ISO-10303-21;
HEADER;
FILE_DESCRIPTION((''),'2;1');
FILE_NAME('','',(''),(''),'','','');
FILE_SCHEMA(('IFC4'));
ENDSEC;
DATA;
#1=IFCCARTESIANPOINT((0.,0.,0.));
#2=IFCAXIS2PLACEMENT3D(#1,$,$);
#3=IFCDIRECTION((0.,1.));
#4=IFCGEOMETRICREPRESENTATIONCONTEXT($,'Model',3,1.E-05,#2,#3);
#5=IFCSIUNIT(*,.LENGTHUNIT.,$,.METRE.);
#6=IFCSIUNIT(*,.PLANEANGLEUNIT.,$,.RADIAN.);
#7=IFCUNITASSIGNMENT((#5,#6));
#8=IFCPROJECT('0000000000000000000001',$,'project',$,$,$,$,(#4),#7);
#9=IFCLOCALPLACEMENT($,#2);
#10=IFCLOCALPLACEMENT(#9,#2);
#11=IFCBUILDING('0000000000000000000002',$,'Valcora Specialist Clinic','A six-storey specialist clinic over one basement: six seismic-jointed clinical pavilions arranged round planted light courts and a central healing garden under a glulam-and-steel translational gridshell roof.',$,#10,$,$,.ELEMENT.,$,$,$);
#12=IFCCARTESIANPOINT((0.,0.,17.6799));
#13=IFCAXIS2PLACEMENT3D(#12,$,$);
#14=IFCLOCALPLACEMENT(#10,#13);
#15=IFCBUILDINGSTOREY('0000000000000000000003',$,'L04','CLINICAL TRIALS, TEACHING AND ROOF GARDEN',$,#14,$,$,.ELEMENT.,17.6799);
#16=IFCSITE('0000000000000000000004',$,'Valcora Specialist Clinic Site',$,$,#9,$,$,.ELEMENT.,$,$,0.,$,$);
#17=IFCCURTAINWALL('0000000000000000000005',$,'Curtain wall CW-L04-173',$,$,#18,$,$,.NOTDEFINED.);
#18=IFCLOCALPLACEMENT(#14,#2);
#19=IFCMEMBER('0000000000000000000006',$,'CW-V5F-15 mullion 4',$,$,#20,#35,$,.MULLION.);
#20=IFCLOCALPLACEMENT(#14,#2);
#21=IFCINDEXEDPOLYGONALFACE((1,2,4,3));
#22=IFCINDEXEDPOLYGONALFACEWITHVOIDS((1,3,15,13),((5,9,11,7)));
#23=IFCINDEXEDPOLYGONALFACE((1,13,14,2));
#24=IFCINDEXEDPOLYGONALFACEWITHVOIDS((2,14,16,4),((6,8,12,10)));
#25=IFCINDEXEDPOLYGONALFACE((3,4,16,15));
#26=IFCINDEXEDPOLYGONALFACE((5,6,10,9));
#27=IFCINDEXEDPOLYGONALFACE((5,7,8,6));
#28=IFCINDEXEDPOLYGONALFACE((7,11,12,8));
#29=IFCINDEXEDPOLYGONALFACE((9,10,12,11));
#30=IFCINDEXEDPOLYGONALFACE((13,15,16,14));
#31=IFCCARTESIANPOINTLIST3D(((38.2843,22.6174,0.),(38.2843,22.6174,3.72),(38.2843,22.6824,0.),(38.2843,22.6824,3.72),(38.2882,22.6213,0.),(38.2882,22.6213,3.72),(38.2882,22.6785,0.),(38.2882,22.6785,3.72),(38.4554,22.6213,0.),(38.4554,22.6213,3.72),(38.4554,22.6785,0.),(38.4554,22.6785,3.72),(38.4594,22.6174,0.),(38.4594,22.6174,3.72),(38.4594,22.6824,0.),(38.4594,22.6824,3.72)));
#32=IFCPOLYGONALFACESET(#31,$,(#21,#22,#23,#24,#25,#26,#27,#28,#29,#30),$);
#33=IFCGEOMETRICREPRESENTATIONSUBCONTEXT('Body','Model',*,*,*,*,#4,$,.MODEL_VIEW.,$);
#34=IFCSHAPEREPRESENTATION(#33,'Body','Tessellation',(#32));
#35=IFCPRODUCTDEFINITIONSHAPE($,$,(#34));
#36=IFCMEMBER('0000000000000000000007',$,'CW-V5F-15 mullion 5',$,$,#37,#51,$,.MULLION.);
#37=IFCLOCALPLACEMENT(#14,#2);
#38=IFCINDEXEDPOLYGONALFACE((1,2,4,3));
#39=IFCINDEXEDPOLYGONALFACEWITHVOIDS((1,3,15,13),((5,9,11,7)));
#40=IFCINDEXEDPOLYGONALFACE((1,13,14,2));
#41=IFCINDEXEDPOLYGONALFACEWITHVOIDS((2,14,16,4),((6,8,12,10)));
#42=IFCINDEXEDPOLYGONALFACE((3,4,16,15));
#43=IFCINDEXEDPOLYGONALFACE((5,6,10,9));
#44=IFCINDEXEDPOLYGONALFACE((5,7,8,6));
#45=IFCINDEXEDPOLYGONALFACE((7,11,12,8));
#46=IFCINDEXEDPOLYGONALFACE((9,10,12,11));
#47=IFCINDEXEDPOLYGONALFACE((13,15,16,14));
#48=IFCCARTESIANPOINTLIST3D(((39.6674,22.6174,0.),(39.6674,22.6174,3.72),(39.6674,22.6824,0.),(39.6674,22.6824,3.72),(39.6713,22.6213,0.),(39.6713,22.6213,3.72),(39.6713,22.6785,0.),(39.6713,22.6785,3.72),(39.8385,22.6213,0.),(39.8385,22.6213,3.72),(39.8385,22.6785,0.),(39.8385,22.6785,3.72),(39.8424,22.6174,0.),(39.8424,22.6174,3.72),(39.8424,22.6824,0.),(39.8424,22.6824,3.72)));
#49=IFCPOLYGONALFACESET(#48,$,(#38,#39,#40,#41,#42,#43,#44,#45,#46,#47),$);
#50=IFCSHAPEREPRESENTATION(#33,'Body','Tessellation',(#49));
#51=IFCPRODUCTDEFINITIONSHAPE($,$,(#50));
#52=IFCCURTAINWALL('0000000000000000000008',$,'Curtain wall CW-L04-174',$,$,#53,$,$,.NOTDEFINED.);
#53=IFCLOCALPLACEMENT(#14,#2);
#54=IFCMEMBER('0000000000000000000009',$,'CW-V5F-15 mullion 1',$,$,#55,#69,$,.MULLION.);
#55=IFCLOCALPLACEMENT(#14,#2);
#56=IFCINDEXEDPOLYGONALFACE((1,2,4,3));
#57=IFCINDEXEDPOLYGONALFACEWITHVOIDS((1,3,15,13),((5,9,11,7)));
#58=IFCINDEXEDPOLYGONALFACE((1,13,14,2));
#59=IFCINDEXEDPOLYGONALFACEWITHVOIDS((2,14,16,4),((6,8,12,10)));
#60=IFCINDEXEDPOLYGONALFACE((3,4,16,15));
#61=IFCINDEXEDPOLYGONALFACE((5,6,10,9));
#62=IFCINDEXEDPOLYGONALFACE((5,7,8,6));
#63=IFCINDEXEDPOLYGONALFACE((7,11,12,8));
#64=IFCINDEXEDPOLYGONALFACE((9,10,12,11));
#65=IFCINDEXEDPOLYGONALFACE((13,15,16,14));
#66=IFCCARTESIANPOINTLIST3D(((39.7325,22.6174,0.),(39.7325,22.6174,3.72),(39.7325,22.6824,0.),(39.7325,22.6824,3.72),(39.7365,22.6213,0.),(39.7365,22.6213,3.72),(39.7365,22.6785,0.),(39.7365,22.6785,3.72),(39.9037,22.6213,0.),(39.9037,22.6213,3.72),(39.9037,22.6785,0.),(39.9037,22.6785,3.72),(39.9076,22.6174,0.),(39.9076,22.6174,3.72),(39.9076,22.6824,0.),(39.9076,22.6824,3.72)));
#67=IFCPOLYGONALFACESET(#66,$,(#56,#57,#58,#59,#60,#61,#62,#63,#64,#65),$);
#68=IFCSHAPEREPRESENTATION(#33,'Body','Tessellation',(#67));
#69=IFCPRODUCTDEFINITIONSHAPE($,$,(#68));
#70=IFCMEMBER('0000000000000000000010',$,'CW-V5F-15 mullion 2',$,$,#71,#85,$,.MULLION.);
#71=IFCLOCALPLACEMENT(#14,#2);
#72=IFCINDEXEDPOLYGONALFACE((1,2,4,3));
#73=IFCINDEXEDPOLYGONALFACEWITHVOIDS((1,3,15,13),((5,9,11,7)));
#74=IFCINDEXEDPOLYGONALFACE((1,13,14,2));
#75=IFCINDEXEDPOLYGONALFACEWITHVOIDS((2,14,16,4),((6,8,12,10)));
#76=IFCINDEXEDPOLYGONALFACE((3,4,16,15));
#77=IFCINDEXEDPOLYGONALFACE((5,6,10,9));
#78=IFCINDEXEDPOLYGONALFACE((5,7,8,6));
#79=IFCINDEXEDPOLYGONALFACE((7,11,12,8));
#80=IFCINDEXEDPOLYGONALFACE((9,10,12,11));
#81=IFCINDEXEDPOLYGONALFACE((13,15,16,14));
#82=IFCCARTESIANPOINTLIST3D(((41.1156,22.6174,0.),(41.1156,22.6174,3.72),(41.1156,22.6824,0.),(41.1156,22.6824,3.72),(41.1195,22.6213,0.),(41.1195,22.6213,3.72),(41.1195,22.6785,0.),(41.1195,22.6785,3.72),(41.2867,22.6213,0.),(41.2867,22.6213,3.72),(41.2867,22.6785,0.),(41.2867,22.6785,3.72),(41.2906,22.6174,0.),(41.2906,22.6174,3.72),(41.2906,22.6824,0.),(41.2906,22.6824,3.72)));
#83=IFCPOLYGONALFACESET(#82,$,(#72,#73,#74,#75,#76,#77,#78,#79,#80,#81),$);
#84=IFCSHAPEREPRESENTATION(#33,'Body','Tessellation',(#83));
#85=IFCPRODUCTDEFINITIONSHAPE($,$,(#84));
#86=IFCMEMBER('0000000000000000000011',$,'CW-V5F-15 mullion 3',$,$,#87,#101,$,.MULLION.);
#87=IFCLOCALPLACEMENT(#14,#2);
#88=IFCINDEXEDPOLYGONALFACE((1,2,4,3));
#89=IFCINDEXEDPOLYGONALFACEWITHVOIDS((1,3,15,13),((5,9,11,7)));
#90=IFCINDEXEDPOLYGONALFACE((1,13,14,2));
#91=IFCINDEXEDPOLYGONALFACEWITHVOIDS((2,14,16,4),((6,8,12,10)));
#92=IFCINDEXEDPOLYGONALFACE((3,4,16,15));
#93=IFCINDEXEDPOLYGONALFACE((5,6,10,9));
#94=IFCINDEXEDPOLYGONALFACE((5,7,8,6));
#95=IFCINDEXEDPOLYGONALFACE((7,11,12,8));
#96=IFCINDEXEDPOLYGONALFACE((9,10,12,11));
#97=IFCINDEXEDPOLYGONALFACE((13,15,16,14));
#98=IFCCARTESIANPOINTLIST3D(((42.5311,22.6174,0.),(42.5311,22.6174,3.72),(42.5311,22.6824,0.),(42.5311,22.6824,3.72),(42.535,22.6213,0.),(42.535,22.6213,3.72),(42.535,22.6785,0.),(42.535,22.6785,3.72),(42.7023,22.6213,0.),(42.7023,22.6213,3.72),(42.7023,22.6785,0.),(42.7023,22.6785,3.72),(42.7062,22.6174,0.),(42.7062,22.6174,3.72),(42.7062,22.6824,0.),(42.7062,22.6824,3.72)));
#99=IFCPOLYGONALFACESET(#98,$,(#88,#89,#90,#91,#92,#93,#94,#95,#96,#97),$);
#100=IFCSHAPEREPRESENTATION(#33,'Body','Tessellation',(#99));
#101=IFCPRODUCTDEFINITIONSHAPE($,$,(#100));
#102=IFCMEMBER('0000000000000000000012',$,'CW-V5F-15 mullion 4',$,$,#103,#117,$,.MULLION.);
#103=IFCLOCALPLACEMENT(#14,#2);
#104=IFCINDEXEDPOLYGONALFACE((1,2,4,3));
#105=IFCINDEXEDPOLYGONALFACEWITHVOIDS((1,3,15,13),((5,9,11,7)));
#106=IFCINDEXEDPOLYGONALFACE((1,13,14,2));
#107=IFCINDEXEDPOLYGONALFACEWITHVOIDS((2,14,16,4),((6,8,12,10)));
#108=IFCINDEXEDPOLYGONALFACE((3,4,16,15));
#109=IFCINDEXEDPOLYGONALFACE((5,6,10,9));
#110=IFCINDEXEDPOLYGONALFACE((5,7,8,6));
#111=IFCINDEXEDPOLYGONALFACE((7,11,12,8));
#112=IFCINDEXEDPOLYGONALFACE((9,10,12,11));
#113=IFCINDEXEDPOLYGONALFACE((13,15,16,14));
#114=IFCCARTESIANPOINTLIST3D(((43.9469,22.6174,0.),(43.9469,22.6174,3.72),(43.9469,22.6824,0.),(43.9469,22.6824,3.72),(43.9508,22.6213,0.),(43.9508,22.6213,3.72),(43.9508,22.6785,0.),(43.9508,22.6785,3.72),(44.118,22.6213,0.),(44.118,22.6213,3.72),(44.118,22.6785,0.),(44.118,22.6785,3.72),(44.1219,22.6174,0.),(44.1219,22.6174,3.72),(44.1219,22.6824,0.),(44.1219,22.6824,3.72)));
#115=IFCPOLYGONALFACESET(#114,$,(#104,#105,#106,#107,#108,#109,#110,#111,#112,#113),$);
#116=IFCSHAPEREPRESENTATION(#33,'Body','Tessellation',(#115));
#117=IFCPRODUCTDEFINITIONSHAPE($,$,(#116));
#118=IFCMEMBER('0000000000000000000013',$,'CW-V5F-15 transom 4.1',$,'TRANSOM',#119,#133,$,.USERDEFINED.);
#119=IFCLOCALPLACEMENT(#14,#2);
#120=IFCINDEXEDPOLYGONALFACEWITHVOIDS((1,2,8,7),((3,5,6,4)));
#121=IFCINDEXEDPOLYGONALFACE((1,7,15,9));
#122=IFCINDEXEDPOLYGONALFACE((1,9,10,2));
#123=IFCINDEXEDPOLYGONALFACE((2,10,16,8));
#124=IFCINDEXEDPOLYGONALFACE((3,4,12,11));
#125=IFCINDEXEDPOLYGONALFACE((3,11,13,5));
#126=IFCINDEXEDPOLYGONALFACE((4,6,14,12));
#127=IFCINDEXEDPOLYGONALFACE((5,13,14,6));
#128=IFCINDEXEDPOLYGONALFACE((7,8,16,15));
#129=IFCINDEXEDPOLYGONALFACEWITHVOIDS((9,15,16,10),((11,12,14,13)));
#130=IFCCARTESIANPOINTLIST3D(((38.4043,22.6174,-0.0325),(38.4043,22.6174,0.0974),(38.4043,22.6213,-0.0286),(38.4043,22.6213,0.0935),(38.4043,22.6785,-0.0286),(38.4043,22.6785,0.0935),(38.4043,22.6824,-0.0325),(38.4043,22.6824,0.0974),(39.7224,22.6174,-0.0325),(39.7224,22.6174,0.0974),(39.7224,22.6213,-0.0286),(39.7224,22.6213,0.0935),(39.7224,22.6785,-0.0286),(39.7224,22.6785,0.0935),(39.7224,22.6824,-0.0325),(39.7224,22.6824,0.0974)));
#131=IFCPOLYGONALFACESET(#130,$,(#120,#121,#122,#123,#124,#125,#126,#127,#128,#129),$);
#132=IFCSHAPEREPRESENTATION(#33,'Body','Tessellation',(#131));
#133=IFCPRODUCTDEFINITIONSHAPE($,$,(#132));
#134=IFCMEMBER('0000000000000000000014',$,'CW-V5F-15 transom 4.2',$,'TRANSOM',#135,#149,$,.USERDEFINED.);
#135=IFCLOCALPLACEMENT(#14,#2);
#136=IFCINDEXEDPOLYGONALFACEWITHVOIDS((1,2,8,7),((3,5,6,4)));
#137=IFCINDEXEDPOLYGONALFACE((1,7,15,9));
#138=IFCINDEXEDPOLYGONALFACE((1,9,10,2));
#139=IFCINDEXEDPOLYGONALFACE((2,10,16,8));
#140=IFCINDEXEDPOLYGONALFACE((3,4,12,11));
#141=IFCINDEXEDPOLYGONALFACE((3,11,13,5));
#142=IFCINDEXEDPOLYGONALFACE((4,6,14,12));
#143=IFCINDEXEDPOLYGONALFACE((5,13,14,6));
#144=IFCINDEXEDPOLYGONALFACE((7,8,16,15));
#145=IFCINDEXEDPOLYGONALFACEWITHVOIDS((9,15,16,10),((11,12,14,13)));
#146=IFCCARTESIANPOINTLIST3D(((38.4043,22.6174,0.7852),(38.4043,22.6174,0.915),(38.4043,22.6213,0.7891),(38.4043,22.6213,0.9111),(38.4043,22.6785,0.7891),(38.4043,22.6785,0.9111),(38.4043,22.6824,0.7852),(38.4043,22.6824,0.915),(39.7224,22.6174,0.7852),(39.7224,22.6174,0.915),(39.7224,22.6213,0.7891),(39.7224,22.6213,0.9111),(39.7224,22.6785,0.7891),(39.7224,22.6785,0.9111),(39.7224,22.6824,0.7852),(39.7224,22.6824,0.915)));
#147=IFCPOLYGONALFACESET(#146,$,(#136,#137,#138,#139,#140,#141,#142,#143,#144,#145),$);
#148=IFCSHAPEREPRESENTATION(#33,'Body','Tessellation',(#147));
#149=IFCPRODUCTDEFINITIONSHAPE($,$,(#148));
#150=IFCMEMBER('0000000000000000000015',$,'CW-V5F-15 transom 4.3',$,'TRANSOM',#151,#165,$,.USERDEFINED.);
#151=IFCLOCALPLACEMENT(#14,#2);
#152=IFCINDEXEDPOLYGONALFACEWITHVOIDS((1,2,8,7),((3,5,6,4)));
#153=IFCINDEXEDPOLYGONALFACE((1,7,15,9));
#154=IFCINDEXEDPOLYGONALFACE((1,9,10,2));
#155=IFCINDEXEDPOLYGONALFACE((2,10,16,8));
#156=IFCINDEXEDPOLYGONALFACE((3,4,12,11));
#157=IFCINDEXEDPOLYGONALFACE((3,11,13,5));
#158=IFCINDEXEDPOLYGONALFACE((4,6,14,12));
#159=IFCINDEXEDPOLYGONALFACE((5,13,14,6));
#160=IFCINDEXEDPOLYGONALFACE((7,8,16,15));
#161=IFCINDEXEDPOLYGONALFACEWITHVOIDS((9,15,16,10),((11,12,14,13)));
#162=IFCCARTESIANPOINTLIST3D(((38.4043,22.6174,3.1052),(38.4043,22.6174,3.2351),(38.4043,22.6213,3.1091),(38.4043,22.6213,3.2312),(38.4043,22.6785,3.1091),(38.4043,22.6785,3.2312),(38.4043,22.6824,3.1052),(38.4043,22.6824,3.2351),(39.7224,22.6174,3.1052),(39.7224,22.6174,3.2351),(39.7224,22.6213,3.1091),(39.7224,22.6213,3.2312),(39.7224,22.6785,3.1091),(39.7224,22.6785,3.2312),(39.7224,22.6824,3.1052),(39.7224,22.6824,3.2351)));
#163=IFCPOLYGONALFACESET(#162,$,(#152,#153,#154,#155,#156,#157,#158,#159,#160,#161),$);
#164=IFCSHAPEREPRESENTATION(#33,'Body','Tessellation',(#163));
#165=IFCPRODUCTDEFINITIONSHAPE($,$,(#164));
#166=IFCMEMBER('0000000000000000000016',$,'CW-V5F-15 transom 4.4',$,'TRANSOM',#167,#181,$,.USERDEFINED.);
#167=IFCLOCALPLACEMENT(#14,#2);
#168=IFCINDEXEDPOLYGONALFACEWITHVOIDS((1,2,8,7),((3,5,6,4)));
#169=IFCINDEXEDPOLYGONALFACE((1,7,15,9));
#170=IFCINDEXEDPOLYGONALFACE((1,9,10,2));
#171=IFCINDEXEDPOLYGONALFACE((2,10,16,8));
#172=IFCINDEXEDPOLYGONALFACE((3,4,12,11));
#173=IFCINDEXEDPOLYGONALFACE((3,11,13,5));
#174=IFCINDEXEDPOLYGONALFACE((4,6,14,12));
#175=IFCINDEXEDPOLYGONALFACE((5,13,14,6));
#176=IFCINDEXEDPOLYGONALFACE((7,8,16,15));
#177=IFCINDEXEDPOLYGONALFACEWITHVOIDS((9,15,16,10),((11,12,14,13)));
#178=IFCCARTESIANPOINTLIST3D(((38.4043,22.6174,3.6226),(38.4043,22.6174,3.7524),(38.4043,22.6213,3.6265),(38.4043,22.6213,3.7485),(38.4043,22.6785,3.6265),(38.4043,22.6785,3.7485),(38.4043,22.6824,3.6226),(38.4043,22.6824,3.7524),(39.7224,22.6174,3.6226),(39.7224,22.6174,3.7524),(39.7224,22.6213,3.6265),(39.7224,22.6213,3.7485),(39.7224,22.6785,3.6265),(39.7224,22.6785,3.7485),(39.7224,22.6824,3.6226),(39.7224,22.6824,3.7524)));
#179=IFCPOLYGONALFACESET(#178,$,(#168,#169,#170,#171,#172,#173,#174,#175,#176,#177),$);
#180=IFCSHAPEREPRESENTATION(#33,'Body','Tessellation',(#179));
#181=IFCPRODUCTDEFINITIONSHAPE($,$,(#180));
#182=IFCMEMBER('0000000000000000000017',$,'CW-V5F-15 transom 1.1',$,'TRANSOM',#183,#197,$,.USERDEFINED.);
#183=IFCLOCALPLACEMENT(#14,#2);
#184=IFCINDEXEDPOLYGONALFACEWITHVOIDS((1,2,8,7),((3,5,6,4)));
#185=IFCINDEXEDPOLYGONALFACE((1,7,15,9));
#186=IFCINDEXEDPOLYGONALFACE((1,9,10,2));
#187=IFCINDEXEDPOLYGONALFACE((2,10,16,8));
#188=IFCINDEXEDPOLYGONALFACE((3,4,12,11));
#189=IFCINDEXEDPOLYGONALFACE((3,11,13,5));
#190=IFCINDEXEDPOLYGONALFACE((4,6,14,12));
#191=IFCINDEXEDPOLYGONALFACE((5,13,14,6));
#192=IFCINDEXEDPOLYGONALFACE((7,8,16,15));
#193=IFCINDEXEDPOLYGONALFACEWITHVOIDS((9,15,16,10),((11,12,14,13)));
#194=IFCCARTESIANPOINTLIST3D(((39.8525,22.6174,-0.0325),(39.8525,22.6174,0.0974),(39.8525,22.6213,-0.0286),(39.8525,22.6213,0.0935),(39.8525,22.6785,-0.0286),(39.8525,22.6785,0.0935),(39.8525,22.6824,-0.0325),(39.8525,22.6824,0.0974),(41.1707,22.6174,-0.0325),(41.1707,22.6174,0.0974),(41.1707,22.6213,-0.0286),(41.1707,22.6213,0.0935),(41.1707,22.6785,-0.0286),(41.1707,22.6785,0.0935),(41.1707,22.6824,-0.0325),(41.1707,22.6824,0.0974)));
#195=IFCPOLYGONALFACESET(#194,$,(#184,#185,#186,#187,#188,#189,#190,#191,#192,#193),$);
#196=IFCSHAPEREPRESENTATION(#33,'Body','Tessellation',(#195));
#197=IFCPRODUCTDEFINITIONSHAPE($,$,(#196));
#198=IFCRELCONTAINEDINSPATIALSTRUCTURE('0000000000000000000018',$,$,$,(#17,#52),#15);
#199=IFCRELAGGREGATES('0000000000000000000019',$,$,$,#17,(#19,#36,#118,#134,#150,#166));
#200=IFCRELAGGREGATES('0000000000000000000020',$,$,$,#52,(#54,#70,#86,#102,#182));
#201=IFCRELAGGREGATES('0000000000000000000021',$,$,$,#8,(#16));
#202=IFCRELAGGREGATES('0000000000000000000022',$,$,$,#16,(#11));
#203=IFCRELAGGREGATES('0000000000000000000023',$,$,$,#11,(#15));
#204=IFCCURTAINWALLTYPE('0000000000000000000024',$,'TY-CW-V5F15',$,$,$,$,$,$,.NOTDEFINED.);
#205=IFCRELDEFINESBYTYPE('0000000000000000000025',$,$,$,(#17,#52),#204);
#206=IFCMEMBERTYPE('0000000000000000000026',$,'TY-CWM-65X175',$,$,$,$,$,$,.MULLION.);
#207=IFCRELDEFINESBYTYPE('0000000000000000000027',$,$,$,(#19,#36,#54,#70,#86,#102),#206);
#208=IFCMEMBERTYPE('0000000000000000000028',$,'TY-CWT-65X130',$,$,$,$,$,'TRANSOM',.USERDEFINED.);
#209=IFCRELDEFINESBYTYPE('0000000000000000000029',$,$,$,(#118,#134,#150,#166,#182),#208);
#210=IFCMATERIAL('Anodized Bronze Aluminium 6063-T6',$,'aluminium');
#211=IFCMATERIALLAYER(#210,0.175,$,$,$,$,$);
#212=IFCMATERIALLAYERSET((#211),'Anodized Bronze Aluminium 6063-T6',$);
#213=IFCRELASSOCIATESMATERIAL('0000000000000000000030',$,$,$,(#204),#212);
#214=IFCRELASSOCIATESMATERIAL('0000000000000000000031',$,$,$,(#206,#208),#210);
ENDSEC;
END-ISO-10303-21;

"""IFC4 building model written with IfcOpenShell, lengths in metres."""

from ifc_helpers import new_model, si_unit, direction, frame, origin, origin_2d, place, context, subcontext, project, spatial, hollow_rectangle, extrude, material, layer, layer_set, material_profile, profile_set, type_object, element, aggregate, save


model = new_model("IFC4")

# Units and contexts
model_context = context("Model", 3, precision=1e-05, world=origin(), true_north=direction((0.0, 1.0)))
body_context = subcontext(model_context, "Body", "Model", "MODEL_VIEW")
ifc_project = project(units=[si_unit("LENGTHUNIT", "METRE"), si_unit("PLANEANGLEUNIT", "RADIAN")], contexts=[model_context])

# Site, building, storey
site_placement = place(None, origin())
site = spatial("IfcSite", under=ifc_project, at=site_placement, Name="Valcora Specialist Clinic Site", CompositionType="ELEMENT", RefElevation=0.0)
building_placement = place(site_placement, origin())
building = spatial("IfcBuilding", under=site, at=building_placement, Name="Valcora Specialist Clinic", Description="A six-storey specialist clinic over one basement: six seismic-jointed clinical pavilions arranged round planted light courts and a central healing garden under a glulam-and-steel translational gridshell roof.", CompositionType="ELEMENT")
storey_placement = place(building_placement, frame((0.0, 0.0, 17.6799)))
storey = spatial("IfcBuildingStorey", under=building, at=storey_placement, Name="L04", Description="CLINICAL TRIALS, TEACHING AND ROOF GARDEN", CompositionType="ELEMENT", Elevation=17.6799)

# Curtain walls, members
ifc_material_1 = material(Name="Anodized Bronze Aluminium 6063-T6", Category="aluminium")
ifc_layer_1 = layer(ifc_material_1, 0.175)
ifc_layer_set_1 = layer_set([ifc_layer_1], Name="Anodized Bronze Aluminium 6063-T6")
curtain_wall_type = type_object("IfcCurtainWallType", Name="TY-CW-V5F15", PredefinedType="NOTDEFINED", material=ifc_layer_set_1)
curtain_wall_1_placement = place(storey_placement, origin())
curtain_wall_1 = element("IfcCurtainWall", 1, at=curtain_wall_1_placement, inside=storey, type_object=curtain_wall_type, Name="Curtain wall CW-L04-173", PredefinedType="NOTDEFINED")
ifc_material_profile_1 = material_profile(ifc_material_1, hollow_rectangle(XDim=0.0649, YDim=0.175, WallThickness=0.0039, at=origin_2d()), Name="AL-MUL-65X175")
ifc_profile_set_1 = profile_set([ifc_material_profile_1], Name="Anodized Bronze Aluminium 6063-T6")
member_type_1 = type_object("IfcMemberType", Name="TY-CWM-65X175", PredefinedType="MULLION", material=ifc_profile_set_1)
member_1_placement = place(storey_placement, frame((38.3718, 22.6499, 0.0), z_axis=(0.0, 0.0, 1.0), x_axis=(0.0, 1.0, 0.0)))
member_1 = element("IfcMember", 2, at=member_1_placement, type_object=member_type_1, Name="CW-V5F-15 mullion 4", PredefinedType="MULLION", context=body_context, shape_type="SweptSolid", body=[
    extrude(hollow_rectangle(XDim=0.0649, YDim=0.175, WallThickness=0.0039, at=origin_2d()), origin(), (0.0, 0.0, 1.0), 3.72),
])
member_2_placement = place(storey_placement, frame((39.7549, 22.6499, 0.0), z_axis=(0.0, 0.0, 1.0), x_axis=(0.0, 1.0, 0.0)))
member_2 = element("IfcMember", 3, at=member_2_placement, type_object=member_type_1, Name="CW-V5F-15 mullion 5", PredefinedType="MULLION", context=body_context, shape_type="SweptSolid", body=[
    extrude(hollow_rectangle(XDim=0.0649, YDim=0.175, WallThickness=0.0039, at=origin_2d()), origin(), (0.0, 0.0, 1.0), 3.72),
])
curtain_wall_2_placement = place(storey_placement, origin())
curtain_wall_2 = element("IfcCurtainWall", 4, at=curtain_wall_2_placement, inside=storey, type_object=curtain_wall_type, Name="Curtain wall CW-L04-174", PredefinedType="NOTDEFINED")
member_3_placement = place(storey_placement, frame((39.8201, 22.6499, 0.0), z_axis=(0.0, 0.0, 1.0), x_axis=(0.0, 1.0, 0.0)))
member_3 = element("IfcMember", 5, at=member_3_placement, type_object=member_type_1, Name="CW-V5F-15 mullion 1", PredefinedType="MULLION", context=body_context, shape_type="SweptSolid", body=[
    extrude(hollow_rectangle(XDim=0.0649, YDim=0.175, WallThickness=0.0039, at=origin_2d()), origin(), (0.0, 0.0, 1.0), 3.72),
])
member_4_placement = place(storey_placement, frame((41.2031, 22.6499, 0.0), z_axis=(0.0, 0.0, 1.0), x_axis=(0.0, 1.0, 0.0)))
member_4 = element("IfcMember", 6, at=member_4_placement, type_object=member_type_1, Name="CW-V5F-15 mullion 2", PredefinedType="MULLION", context=body_context, shape_type="SweptSolid", body=[
    extrude(hollow_rectangle(XDim=0.0649, YDim=0.175, WallThickness=0.0039, at=origin_2d()), origin(), (0.0, 0.0, 1.0), 3.72),
])
member_5_placement = place(storey_placement, frame((42.6187, 22.6499, 0.0), z_axis=(0.0, 0.0, 1.0), x_axis=(0.0, 1.0, 0.0)))
member_5 = element("IfcMember", 7, at=member_5_placement, type_object=member_type_1, Name="CW-V5F-15 mullion 3", PredefinedType="MULLION", context=body_context, shape_type="SweptSolid", body=[
    extrude(hollow_rectangle(XDim=0.0649, YDim=0.175, WallThickness=0.0039, at=origin_2d()), origin(), (0.0, 0.0, 1.0), 3.72),
])
member_6_placement = place(storey_placement, frame((44.0344, 22.6499, 0.0), z_axis=(0.0, 0.0, 1.0), x_axis=(0.0, 1.0, 0.0)))
member_6 = element("IfcMember", 8, at=member_6_placement, type_object=member_type_1, Name="CW-V5F-15 mullion 4", PredefinedType="MULLION", context=body_context, shape_type="SweptSolid", body=[
    extrude(hollow_rectangle(XDim=0.0649, YDim=0.175, WallThickness=0.0039, at=origin_2d()), origin(), (0.0, 0.0, 1.0), 3.72),
])

# Members
ifc_material_profile_2 = material_profile(ifc_material_1, hollow_rectangle(XDim=0.0649, YDim=0.1299, WallThickness=0.0039, at=origin_2d()), Name="AL-TRN-65X130")
ifc_profile_set_2 = profile_set([ifc_material_profile_2], Name="Anodized Bronze Aluminium 6063-T6")
member_type_2 = type_object("IfcMemberType", Name="TY-CWT-65X130", ElementType="TRANSOM", PredefinedType="USERDEFINED", material=ifc_profile_set_2)
member_7_placement = place(storey_placement, frame((38.4043, 22.6499, 0.0325), z_axis=(1.0, 0.0, 0.0), x_axis=(0.0, 1.0, 0.0)))
member_7 = element("IfcMember", 9, at=member_7_placement, type_object=member_type_2, Name="CW-V5F-15 transom 4.1", ObjectType="TRANSOM", PredefinedType="USERDEFINED", context=body_context, shape_type="SweptSolid", body=[
    extrude(hollow_rectangle(XDim=0.0649, YDim=0.1299, WallThickness=0.0039, at=origin_2d()), origin(), (0.0, 0.0, 1.0), 1.3181),
])
member_8_placement = place(storey_placement, frame((38.4043, 22.6499, 0.8501), z_axis=(1.0, 0.0, 0.0), x_axis=(0.0, 1.0, 0.0)))
member_8 = element("IfcMember", 10, at=member_8_placement, type_object=member_type_2, Name="CW-V5F-15 transom 4.2", ObjectType="TRANSOM", PredefinedType="USERDEFINED", context=body_context, shape_type="SweptSolid", body=[
    extrude(hollow_rectangle(XDim=0.0649, YDim=0.1299, WallThickness=0.0039, at=origin_2d()), origin(), (0.0, 0.0, 1.0), 1.3181),
])
member_9_placement = place(storey_placement, frame((38.4043, 22.6499, 3.1702), z_axis=(1.0, 0.0, 0.0), x_axis=(0.0, 1.0, 0.0)))
member_9 = element("IfcMember", 11, at=member_9_placement, type_object=member_type_2, Name="CW-V5F-15 transom 4.3", ObjectType="TRANSOM", PredefinedType="USERDEFINED", context=body_context, shape_type="SweptSolid", body=[
    extrude(hollow_rectangle(XDim=0.0649, YDim=0.1299, WallThickness=0.0039, at=origin_2d()), origin(), (0.0, 0.0, 1.0), 1.3181),
])
member_10_placement = place(storey_placement, frame((38.4043, 22.6499, 3.6875), z_axis=(1.0, 0.0, 0.0), x_axis=(0.0, 1.0, 0.0)))
member_10 = element("IfcMember", 12, at=member_10_placement, type_object=member_type_2, Name="CW-V5F-15 transom 4.4", ObjectType="TRANSOM", PredefinedType="USERDEFINED", context=body_context, shape_type="SweptSolid", body=[
    extrude(hollow_rectangle(XDim=0.0649, YDim=0.1299, WallThickness=0.0039, at=origin_2d()), origin(), (0.0, 0.0, 1.0), 1.3181),
])
member_11_placement = place(storey_placement, frame((39.8525, 22.6499, 0.0325), z_axis=(1.0, 0.0, 0.0), x_axis=(0.0, 1.0, 0.0)))
member_11 = element("IfcMember", 13, at=member_11_placement, type_object=member_type_2, Name="CW-V5F-15 transom 1.1", ObjectType="TRANSOM", PredefinedType="USERDEFINED", context=body_context, shape_type="SweptSolid", body=[
    extrude(hollow_rectangle(XDim=0.0649, YDim=0.1299, WallThickness=0.0039, at=origin_2d()), origin(), (0.0, 0.0, 1.0), 1.3181),
])

aggregate(curtain_wall_1, [member_1, member_2, member_7, member_8, member_9, member_10])
aggregate(curtain_wall_2, [member_3, member_4, member_5, member_6, member_11])

save(model, "model.ifc")
